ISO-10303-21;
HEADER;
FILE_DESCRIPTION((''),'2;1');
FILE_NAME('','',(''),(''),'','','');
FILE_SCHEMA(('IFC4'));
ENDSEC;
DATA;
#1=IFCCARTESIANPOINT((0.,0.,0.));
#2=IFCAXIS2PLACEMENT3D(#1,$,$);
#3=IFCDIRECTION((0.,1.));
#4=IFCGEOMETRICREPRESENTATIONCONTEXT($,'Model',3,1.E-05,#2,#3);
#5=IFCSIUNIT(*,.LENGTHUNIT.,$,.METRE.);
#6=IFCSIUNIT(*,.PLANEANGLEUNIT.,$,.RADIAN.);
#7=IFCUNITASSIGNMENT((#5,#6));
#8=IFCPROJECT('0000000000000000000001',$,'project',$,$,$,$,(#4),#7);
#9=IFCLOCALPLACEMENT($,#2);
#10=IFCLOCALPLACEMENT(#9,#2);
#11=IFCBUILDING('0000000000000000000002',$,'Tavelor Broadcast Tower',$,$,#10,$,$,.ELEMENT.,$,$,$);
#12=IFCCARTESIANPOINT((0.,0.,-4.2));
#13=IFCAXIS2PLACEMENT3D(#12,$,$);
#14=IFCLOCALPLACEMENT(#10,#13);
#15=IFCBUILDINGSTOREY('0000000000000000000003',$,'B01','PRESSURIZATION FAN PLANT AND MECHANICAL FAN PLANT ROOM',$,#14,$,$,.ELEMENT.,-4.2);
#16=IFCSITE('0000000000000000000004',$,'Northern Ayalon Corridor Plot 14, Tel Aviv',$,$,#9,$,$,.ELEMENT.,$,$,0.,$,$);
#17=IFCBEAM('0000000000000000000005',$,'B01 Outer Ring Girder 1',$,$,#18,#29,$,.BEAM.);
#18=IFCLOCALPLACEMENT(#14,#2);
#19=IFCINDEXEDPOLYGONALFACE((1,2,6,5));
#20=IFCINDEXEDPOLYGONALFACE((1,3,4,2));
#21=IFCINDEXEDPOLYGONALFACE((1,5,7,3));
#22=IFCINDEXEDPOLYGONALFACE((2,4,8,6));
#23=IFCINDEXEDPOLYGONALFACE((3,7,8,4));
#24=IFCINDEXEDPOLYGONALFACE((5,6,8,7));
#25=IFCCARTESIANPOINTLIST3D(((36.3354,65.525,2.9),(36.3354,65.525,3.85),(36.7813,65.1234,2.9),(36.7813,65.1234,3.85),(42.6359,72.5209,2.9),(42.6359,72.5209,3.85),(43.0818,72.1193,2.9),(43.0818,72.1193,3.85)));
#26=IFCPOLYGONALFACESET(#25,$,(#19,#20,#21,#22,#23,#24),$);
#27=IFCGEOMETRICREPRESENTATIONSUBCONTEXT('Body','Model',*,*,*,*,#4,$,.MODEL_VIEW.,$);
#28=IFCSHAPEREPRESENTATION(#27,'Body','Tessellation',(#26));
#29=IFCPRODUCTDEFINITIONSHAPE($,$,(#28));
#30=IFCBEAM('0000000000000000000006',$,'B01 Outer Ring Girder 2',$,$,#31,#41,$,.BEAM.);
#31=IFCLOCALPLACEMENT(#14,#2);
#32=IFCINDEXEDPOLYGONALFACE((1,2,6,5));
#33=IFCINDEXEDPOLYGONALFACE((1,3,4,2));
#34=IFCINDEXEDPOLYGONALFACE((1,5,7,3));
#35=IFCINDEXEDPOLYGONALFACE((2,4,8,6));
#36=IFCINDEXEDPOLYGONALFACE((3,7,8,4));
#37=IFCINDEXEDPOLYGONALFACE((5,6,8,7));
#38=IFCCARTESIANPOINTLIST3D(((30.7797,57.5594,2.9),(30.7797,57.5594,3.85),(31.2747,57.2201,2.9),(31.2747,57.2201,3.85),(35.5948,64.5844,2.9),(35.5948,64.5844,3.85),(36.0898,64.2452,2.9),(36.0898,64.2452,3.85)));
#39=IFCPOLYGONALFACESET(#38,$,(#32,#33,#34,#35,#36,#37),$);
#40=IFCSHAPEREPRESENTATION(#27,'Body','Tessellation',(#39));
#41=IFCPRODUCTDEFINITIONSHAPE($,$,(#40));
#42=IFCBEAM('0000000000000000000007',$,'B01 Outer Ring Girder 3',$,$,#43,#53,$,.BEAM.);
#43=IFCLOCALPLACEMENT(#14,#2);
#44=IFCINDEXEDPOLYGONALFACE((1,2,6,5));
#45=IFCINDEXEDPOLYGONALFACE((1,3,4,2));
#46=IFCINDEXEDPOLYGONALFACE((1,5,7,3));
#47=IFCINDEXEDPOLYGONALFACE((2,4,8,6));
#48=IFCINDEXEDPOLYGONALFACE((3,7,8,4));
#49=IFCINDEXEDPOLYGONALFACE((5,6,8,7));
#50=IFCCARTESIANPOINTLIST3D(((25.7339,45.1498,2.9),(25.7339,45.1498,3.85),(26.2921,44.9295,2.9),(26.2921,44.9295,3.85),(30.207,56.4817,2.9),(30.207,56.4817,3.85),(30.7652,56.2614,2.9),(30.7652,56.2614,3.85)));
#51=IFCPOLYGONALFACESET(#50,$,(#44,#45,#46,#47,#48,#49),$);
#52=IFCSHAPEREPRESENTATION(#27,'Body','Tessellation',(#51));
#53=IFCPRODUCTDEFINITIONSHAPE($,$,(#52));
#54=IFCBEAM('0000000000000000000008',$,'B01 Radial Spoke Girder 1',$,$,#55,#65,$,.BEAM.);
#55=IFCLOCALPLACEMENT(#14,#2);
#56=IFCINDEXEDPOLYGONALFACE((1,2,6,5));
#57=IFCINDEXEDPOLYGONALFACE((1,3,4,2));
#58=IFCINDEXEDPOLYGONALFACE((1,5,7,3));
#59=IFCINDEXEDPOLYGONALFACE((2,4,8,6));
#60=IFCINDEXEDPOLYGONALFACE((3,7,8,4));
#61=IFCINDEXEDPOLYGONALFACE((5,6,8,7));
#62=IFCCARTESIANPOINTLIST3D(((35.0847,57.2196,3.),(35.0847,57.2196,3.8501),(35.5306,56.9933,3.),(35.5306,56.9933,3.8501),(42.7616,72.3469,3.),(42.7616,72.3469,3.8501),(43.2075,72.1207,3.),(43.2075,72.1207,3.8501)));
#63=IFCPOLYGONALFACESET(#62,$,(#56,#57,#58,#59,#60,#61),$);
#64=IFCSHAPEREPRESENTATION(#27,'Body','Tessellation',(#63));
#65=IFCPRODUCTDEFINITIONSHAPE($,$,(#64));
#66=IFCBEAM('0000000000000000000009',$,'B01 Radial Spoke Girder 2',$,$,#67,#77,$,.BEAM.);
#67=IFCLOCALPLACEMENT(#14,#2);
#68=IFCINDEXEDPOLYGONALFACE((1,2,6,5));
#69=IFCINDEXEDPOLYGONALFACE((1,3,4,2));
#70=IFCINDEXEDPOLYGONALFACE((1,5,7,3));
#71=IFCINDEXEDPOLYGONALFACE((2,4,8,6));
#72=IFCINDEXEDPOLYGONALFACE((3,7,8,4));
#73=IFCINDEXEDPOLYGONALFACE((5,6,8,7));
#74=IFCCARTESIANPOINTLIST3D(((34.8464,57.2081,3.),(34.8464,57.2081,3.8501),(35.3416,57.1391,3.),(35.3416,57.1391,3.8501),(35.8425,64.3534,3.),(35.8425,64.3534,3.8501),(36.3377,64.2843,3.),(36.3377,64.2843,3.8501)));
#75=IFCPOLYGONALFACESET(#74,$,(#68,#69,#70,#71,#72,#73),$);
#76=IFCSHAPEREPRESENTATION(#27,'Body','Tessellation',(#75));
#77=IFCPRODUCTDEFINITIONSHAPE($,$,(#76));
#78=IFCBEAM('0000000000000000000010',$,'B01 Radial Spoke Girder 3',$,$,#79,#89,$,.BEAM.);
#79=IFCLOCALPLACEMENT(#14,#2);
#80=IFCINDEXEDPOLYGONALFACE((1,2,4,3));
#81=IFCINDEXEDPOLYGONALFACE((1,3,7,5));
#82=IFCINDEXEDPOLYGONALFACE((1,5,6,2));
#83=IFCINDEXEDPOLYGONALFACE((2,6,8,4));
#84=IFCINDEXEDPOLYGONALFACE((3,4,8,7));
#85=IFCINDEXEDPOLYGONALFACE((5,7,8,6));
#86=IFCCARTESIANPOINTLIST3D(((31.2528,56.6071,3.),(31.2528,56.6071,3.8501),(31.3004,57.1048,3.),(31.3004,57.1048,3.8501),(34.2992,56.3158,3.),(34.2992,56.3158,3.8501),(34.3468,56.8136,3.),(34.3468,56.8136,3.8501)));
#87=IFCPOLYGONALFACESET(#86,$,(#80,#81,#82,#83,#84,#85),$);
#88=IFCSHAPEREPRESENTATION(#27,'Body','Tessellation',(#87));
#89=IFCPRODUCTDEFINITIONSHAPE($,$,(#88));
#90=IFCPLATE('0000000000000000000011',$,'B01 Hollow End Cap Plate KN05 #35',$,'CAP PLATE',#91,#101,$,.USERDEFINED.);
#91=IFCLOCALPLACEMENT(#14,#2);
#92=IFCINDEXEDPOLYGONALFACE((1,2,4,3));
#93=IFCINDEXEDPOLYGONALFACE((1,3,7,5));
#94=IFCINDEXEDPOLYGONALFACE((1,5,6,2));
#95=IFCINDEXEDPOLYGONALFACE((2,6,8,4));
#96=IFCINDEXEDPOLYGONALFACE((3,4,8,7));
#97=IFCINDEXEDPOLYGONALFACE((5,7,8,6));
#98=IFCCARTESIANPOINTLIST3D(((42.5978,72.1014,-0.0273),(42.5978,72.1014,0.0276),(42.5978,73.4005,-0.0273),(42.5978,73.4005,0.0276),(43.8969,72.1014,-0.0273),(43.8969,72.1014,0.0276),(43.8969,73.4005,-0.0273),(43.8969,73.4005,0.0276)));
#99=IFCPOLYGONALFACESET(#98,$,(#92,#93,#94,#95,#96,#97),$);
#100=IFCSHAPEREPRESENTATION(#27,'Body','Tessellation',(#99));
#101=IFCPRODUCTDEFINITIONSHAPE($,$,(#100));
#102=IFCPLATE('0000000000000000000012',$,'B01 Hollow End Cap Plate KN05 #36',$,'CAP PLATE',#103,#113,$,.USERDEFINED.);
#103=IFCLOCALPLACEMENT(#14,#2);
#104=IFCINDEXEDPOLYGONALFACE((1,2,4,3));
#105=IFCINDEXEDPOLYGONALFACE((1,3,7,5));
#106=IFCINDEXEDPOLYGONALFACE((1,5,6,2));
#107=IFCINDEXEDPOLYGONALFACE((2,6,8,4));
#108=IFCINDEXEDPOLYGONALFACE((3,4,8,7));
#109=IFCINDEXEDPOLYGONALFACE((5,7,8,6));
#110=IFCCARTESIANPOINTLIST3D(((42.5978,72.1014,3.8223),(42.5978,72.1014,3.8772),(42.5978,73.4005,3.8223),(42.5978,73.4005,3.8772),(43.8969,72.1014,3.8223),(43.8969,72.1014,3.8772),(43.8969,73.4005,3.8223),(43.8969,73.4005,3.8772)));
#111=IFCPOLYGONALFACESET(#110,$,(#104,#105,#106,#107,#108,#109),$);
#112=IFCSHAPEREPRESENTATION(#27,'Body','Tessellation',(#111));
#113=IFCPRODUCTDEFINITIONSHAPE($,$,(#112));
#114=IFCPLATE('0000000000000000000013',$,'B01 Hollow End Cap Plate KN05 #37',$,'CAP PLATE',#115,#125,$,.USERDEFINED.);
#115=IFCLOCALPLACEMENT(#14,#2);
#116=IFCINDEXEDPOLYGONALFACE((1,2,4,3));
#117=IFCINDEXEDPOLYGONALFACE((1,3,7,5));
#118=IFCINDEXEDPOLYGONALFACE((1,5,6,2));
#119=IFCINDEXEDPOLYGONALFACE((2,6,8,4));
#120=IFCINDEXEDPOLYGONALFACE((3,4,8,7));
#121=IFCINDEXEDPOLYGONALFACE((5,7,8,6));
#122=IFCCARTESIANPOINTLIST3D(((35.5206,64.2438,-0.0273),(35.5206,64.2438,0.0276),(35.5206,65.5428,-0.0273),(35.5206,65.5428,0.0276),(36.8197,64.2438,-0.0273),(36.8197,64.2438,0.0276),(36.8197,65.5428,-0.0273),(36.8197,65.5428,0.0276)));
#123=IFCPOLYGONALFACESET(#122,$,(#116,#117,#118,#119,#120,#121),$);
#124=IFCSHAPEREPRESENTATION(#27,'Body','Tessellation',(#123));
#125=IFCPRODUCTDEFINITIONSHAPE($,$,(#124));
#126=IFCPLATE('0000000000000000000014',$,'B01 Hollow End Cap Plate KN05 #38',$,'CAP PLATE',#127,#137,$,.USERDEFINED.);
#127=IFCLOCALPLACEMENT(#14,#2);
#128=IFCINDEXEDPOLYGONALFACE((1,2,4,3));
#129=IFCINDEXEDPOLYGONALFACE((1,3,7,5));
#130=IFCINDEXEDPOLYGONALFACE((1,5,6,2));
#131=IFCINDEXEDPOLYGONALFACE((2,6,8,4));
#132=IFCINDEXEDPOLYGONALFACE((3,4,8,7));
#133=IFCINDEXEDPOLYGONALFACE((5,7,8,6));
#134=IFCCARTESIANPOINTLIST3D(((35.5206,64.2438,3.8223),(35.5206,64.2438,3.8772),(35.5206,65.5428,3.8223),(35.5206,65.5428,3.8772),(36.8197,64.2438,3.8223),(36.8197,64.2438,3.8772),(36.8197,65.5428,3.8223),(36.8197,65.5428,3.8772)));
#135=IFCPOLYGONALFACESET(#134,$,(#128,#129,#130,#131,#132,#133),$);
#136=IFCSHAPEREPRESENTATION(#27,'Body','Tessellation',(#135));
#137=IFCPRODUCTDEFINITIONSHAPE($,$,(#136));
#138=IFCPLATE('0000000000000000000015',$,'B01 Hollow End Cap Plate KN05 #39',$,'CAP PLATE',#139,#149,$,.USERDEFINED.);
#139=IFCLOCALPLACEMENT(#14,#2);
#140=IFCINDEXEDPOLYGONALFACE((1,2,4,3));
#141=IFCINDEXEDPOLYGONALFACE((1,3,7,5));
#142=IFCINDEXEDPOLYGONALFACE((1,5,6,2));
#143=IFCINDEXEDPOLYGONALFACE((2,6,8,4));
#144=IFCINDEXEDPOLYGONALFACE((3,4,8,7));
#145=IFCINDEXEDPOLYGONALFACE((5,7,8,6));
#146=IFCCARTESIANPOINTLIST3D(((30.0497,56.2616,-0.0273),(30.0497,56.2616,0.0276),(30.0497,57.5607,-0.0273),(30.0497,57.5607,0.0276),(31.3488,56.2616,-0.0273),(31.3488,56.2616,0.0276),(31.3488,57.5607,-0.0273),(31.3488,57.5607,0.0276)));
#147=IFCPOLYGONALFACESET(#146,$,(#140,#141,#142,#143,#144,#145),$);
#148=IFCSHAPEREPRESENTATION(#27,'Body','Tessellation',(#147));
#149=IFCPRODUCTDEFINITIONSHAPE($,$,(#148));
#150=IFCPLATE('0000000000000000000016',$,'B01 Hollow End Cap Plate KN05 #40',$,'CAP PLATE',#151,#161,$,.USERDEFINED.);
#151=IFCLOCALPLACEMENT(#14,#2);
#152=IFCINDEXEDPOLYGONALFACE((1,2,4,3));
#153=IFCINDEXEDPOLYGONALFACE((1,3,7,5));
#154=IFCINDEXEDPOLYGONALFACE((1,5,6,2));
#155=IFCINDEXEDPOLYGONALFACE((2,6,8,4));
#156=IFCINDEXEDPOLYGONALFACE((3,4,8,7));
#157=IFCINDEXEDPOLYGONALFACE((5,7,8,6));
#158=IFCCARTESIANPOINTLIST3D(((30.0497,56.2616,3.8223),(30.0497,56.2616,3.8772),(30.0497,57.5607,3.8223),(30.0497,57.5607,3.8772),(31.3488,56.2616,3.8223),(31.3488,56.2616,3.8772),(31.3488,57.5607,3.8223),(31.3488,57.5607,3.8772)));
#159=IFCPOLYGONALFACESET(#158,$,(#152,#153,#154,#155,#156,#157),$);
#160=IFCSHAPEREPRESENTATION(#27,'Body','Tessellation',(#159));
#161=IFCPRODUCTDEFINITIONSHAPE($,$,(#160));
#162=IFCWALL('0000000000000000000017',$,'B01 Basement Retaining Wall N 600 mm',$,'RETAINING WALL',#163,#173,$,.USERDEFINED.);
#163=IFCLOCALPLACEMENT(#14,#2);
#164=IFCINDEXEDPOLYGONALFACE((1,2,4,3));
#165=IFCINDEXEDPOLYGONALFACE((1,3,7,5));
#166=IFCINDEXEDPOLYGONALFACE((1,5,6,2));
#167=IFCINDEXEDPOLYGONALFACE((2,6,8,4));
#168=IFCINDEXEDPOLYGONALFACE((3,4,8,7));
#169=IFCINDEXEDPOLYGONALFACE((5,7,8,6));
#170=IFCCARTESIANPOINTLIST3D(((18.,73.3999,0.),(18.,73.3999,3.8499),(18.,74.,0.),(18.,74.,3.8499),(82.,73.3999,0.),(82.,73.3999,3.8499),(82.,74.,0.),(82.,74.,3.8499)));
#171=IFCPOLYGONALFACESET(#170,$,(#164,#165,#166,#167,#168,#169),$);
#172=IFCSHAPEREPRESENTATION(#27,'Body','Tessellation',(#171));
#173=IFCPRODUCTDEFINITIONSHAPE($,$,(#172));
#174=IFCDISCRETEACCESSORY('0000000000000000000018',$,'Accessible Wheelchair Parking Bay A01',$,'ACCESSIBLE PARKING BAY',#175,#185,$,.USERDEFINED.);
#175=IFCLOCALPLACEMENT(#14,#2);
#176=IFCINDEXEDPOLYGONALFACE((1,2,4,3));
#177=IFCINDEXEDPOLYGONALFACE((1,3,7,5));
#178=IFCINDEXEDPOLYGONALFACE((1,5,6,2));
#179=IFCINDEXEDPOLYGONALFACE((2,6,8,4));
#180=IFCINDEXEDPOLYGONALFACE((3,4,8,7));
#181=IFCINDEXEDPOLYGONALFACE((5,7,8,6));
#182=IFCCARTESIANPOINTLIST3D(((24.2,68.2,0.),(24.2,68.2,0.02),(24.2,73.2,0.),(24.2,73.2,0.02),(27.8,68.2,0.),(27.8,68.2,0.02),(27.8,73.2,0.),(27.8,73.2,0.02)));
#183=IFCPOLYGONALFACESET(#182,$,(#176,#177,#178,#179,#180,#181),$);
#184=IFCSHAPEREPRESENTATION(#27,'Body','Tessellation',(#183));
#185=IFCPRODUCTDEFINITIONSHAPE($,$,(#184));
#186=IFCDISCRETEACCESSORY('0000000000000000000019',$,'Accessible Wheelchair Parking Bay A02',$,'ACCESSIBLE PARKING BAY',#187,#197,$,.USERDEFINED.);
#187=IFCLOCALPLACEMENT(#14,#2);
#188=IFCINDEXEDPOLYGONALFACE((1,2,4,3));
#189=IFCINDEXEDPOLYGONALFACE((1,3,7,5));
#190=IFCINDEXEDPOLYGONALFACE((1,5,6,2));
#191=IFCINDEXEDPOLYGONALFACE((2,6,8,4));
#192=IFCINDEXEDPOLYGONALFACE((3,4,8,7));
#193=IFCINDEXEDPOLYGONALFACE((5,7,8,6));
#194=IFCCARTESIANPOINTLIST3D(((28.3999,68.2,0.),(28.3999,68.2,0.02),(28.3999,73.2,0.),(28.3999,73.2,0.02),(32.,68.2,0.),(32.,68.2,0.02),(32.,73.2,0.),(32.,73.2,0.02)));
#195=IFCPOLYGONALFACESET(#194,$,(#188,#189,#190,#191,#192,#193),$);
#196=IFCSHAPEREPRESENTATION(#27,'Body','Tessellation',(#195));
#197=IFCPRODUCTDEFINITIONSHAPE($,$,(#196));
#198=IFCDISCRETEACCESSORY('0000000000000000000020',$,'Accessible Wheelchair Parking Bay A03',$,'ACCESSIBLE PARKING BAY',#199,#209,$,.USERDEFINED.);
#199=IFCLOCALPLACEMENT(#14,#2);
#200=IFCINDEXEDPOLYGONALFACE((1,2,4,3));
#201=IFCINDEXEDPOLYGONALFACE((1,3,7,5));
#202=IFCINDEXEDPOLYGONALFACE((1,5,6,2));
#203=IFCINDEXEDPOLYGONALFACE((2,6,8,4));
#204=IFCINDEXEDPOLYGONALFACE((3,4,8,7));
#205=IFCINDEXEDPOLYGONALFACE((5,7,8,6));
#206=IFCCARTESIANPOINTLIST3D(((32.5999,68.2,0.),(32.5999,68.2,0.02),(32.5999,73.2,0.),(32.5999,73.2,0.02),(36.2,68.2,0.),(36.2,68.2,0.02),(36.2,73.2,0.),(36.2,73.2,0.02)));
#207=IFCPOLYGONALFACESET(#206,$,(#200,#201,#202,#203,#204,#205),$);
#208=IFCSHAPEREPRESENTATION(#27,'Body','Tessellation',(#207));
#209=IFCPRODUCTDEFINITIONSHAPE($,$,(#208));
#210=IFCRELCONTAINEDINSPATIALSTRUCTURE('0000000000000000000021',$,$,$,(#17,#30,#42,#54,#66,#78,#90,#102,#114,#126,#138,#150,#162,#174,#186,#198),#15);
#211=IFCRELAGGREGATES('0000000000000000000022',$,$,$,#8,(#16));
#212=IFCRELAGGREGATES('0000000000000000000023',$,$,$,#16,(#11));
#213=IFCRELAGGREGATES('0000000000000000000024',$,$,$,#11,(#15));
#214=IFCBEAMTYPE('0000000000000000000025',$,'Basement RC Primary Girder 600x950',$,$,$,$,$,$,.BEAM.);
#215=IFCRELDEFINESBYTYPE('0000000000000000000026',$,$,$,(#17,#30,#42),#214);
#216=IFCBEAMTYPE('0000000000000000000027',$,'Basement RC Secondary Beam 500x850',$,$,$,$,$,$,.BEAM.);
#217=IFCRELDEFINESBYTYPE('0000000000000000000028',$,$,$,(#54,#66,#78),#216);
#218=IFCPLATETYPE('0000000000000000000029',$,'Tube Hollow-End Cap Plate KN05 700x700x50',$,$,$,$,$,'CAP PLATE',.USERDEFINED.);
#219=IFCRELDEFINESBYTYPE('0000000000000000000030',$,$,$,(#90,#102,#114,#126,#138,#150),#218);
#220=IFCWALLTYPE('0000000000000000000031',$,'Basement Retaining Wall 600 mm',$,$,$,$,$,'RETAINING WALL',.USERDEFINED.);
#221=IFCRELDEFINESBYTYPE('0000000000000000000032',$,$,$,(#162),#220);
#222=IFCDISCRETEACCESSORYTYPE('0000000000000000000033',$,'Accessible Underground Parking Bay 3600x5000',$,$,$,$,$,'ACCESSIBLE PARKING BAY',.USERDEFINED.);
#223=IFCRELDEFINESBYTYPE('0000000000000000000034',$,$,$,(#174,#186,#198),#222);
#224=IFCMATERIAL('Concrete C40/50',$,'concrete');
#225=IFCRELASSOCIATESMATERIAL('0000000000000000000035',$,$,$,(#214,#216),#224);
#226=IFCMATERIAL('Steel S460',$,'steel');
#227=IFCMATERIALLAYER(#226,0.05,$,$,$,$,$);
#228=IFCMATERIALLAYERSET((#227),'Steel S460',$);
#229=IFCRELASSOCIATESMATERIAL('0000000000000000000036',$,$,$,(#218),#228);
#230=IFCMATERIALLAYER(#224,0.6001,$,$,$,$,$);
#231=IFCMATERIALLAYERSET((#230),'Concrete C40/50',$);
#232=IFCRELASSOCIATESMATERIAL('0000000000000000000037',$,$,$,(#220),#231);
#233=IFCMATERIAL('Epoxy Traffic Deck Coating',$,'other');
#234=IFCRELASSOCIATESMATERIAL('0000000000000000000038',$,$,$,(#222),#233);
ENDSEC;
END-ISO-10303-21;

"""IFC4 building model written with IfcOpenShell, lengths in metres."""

from ifc_helpers import new_model, si_unit, direction, frame, frame_2d, origin, origin_2d, place, context, subcontext, project, spatial, rectangle, extrude, source, transform, mapped, material, layer, layer_set, material_profile, profile_set, type_object, type_shapes, element, save


model = new_model("IFC4")

# Units and contexts
model_context = context("Model", 3, precision=1e-05, world=origin(), true_north=direction((0.0, 1.0)))
body_context = subcontext(model_context, "Body", "Model", "MODEL_VIEW")
ifc_project = project(units=[si_unit("LENGTHUNIT", "METRE"), si_unit("PLANEANGLEUNIT", "RADIAN")], contexts=[model_context])

# Site, building, storey
site_placement = place(None, origin())
site = spatial("IfcSite", under=ifc_project, at=site_placement, Name="Northern Ayalon Corridor Plot 14, Tel Aviv", CompositionType="ELEMENT", RefElevation=0.0)
building_placement = place(site_placement, origin())
building = spatial("IfcBuilding", under=site, at=building_placement, Name="Tavelor Broadcast Tower", CompositionType="ELEMENT")
storey_placement = place(building_placement, frame((0.0, 0.0, -4.2)))
storey = spatial("IfcBuildingStorey", under=building, at=storey_placement, Name="B01", Description="PRESSURIZATION FAN PLANT AND MECHANICAL FAN PLANT ROOM", CompositionType="ELEMENT", Elevation=-4.2)

# Shared definitions
ifc_material_1 = material(Name="Concrete C40/50", Category="concrete")
ifc_material_2 = material(Name="Steel S460", Category="steel")

# Beams
ifc_material_profile_1 = material_profile(ifc_material_1, rectangle(XDim=0.6001, YDim=0.95, at=origin_2d()), Name="RC 600x950")
ifc_profile_set_1 = profile_set([ifc_material_profile_1], Name="Concrete C40/50")
beam_type_1 = type_object("IfcBeamType", Name="Basement RC Primary Girder 600x950", PredefinedType="BEAM", material=ifc_profile_set_1)
beam_1_placement = place(storey_placement, frame((42.8589, 72.3201, 3.375), z_axis=(-0.669215, -0.743068, 0.0), x_axis=(0.743068, -0.669215, 0.0)))
element("IfcBeam", 1, at=beam_1_placement, inside=storey, type_object=beam_type_1, Name="B01 Outer Ring Girder 1", PredefinedType="BEAM", context=body_context, shape_type="SweptSolid", body=[
    extrude(rectangle(XDim=0.6001, YDim=0.95, at=origin_2d()), origin(), (0.0, 0.0, 1.0), 9.4148),
])
beam_2_placement = place(storey_placement, frame((35.8423, 64.4148, 3.375), z_axis=(-0.565364, -0.824842, 0.0), x_axis=(0.824842, -0.565364, 0.0)))
element("IfcBeam", 2, at=beam_2_placement, inside=storey, type_object=beam_type_1, Name="B01 Outer Ring Girder 2", PredefinedType="BEAM", context=body_context, shape_type="SweptSolid", body=[
    extrude(rectangle(XDim=0.6001, YDim=0.95, at=origin_2d()), origin(), (0.0, 0.0, 1.0), 8.5168),
])
beam_3_placement = place(storey_placement, frame((30.4861, 56.3716, 3.375), z_axis=(-0.367165, -0.930156, 0.0), x_axis=(0.930156, -0.367165, 0.0)))
element("IfcBeam", 3, at=beam_3_placement, inside=storey, type_object=beam_type_1, Name="B01 Outer Ring Girder 3", PredefinedType="BEAM", context=body_context, shape_type="SweptSolid", body=[
    extrude(rectangle(XDim=0.6001, YDim=0.95, at=origin_2d()), origin(), (0.0, 0.0, 1.0), 12.1829),
])
ifc_material_profile_2 = material_profile(ifc_material_1, rectangle(XDim=0.5, YDim=0.8501, at=origin_2d()), Name="RC 500x850")
ifc_profile_set_2 = profile_set([ifc_material_profile_2], Name="Concrete C40/50")
beam_type_2 = type_object("IfcBeamType", Name="Basement RC Secondary Beam 500x850", PredefinedType="BEAM", material=ifc_profile_set_2)
beam_4_placement = place(storey_placement, frame((35.3076, 57.1064, 3.425), z_axis=(0.452548, 0.89174, 0.0), x_axis=(-0.89174, 0.452548, 0.0)))
element("IfcBeam", 4, at=beam_4_placement, inside=storey, type_object=beam_type_2, Name="B01 Radial Spoke Girder 1", PredefinedType="BEAM", context=body_context, shape_type="SweptSolid", body=[
    extrude(rectangle(XDim=0.5, YDim=0.8501, at=origin_2d()), origin(), (0.0, 0.0, 1.0), 16.9639),
])
beam_5_placement = place(storey_placement, frame((35.094, 57.1736, 3.425), z_axis=(0.138071, 0.990422, 0.0), x_axis=(-0.990422, 0.138071, 0.0)))
element("IfcBeam", 5, at=beam_5_placement, inside=storey, type_object=beam_type_2, Name="B01 Radial Spoke Girder 2", PredefinedType="BEAM", context=body_context, shape_type="SweptSolid", body=[
    extrude(rectangle(XDim=0.5, YDim=0.8501, at=origin_2d()), origin(), (0.0, 0.0, 1.0), 7.2144),
])
beam_6_placement = place(storey_placement, frame((34.323, 56.5647, 3.425), z_axis=(-0.995461, 0.095174, 0.0), x_axis=(-0.095174, -0.995461, 0.0)))
element("IfcBeam", 6, at=beam_6_placement, inside=storey, type_object=beam_type_2, Name="B01 Radial Spoke Girder 3", PredefinedType="BEAM", context=body_context, shape_type="SweptSolid", body=[
    extrude(rectangle(XDim=0.5, YDim=0.8501, at=origin_2d()), origin(), (0.0, 0.0, 1.0), 3.0603),
])

# Plates
ifc_layer_1 = layer(ifc_material_2, 0.05)
ifc_layer_set_1 = layer_set([ifc_layer_1], Name="Steel S460")
plate_type = type_object("IfcPlateType", Name="Tube Hollow-End Cap Plate KN05 700x700x50", ElementType="CAP PLATE", PredefinedType="USERDEFINED", material=ifc_layer_set_1)
shared_shape_1 = source(origin(), body_context, "Body", "SweptSolid", [
    extrude(rectangle(XDim=1.2991, YDim=1.2991, at=origin_2d()), origin(), (0.0, 0.0, 1.0), 0.0549),
])
type_shapes(plate_type, [shared_shape_1])
for number, where, z_axis, x_axis, name in (
    (7, (43.2473, 72.751, -0.0273), (0.0, 0.0, 1.0), (1.0, 0.0, 0.0), "B01 Hollow End Cap Plate KN05 #35"),
    (8, (43.2473, 72.751, 3.8223), (0.0, 0.0, 1.0), (1.0, 0.0, 0.0), "B01 Hollow End Cap Plate KN05 #36"),
    (9, (36.1702, 64.8933, -0.0273), (0.0, 0.0, 1.0), (1.0, 0.0, 0.0), "B01 Hollow End Cap Plate KN05 #37"),
    (10, (36.1702, 64.8933, 3.8223), (0.0, 0.0, 1.0), (1.0, 0.0, 0.0), "B01 Hollow End Cap Plate KN05 #38"),
    (11, (30.6992, 56.9111, -0.0273), (0.0, 0.0, 1.0), (1.0, 0.0, 0.0), "B01 Hollow End Cap Plate KN05 #39"),
    (12, (30.6992, 56.9111, 3.8223), (0.0, 0.0, 1.0), (1.0, 0.0, 0.0), "B01 Hollow End Cap Plate KN05 #40"),
):
    element("IfcPlate", number, at=place(storey_placement, frame(where, z_axis=z_axis, x_axis=x_axis)), inside=storey, type_object=plate_type, Name=name, ObjectType="CAP PLATE", PredefinedType="USERDEFINED", context=body_context, shape_type="MappedRepresentation", body=[
        mapped(shared_shape_1, transform((0.0, 0.0, 0.0), scale=1.0)),
    ])

# Wall
ifc_layer_2 = layer(ifc_material_1, 0.6001)
ifc_layer_set_2 = layer_set([ifc_layer_2], Name="Concrete C40/50")
wall_type = type_object("IfcWallType", Name="Basement Retaining Wall 600 mm", ElementType="RETAINING WALL", PredefinedType="USERDEFINED", material=ifc_layer_set_2)
wall_placement = place(storey_placement, frame((18.0, 73.7, 0.0), z_axis=(0.0, 0.0, 1.0), x_axis=(1.0, 0.0, 0.0)))
element("IfcWall", 13, at=wall_placement, inside=storey, type_object=wall_type, Name="B01 Basement Retaining Wall N 600 mm", ObjectType="RETAINING WALL", PredefinedType="USERDEFINED", context=body_context, shape_type="SweptSolid", body=[
    extrude(rectangle(XDim=64.0, YDim=0.6001, at=frame_2d((32.0, 0.0))), origin(), (0.0, 0.0, 1.0), 3.8499),
])

# Discrete accessories
ifc_material_3 = material(Name="Epoxy Traffic Deck Coating", Category="other")
discrete_accessory_type_1 = type_object("IfcDiscreteAccessoryType", Name="Accessible Underground Parking Bay 3600x5000", ElementType="ACCESSIBLE PARKING BAY", PredefinedType="USERDEFINED", material=ifc_material_3)
shared_shape_2 = source(origin(), body_context, "Body", "SweptSolid", [
    extrude(rectangle(XDim=3.6001, YDim=5.0, at=origin_2d()), origin(), (0.0, 0.0, 1.0), 0.02),
])
type_shapes(discrete_accessory_type_1, [shared_shape_2])
for number, where, z_axis, x_axis, name in (
    (14, (26.0, 70.7, 0.0), (0.0, 0.0, 1.0), (1.0, 0.0, 0.0), "Accessible Wheelchair Parking Bay A01"),
    (15, (30.2, 70.7, 0.0), (0.0, 0.0, 1.0), (1.0, 0.0, 0.0), "Accessible Wheelchair Parking Bay A02"),
    (16, (34.3999, 70.7, 0.0), (0.0, 0.0, 1.0), (1.0, 0.0, 0.0), "Accessible Wheelchair Parking Bay A03"),
):
    element("IfcDiscreteAccessory", number, at=place(storey_placement, frame(where, z_axis=z_axis, x_axis=x_axis)), inside=storey, type_object=discrete_accessory_type_1, Name=name, ObjectType="ACCESSIBLE PARKING BAY", PredefinedType="USERDEFINED", context=body_context, shape_type="MappedRepresentation", body=[
        mapped(shared_shape_2, transform((0.0, 0.0, 0.0), scale=1.0)),
    ])

save(model, "model.ifc")
